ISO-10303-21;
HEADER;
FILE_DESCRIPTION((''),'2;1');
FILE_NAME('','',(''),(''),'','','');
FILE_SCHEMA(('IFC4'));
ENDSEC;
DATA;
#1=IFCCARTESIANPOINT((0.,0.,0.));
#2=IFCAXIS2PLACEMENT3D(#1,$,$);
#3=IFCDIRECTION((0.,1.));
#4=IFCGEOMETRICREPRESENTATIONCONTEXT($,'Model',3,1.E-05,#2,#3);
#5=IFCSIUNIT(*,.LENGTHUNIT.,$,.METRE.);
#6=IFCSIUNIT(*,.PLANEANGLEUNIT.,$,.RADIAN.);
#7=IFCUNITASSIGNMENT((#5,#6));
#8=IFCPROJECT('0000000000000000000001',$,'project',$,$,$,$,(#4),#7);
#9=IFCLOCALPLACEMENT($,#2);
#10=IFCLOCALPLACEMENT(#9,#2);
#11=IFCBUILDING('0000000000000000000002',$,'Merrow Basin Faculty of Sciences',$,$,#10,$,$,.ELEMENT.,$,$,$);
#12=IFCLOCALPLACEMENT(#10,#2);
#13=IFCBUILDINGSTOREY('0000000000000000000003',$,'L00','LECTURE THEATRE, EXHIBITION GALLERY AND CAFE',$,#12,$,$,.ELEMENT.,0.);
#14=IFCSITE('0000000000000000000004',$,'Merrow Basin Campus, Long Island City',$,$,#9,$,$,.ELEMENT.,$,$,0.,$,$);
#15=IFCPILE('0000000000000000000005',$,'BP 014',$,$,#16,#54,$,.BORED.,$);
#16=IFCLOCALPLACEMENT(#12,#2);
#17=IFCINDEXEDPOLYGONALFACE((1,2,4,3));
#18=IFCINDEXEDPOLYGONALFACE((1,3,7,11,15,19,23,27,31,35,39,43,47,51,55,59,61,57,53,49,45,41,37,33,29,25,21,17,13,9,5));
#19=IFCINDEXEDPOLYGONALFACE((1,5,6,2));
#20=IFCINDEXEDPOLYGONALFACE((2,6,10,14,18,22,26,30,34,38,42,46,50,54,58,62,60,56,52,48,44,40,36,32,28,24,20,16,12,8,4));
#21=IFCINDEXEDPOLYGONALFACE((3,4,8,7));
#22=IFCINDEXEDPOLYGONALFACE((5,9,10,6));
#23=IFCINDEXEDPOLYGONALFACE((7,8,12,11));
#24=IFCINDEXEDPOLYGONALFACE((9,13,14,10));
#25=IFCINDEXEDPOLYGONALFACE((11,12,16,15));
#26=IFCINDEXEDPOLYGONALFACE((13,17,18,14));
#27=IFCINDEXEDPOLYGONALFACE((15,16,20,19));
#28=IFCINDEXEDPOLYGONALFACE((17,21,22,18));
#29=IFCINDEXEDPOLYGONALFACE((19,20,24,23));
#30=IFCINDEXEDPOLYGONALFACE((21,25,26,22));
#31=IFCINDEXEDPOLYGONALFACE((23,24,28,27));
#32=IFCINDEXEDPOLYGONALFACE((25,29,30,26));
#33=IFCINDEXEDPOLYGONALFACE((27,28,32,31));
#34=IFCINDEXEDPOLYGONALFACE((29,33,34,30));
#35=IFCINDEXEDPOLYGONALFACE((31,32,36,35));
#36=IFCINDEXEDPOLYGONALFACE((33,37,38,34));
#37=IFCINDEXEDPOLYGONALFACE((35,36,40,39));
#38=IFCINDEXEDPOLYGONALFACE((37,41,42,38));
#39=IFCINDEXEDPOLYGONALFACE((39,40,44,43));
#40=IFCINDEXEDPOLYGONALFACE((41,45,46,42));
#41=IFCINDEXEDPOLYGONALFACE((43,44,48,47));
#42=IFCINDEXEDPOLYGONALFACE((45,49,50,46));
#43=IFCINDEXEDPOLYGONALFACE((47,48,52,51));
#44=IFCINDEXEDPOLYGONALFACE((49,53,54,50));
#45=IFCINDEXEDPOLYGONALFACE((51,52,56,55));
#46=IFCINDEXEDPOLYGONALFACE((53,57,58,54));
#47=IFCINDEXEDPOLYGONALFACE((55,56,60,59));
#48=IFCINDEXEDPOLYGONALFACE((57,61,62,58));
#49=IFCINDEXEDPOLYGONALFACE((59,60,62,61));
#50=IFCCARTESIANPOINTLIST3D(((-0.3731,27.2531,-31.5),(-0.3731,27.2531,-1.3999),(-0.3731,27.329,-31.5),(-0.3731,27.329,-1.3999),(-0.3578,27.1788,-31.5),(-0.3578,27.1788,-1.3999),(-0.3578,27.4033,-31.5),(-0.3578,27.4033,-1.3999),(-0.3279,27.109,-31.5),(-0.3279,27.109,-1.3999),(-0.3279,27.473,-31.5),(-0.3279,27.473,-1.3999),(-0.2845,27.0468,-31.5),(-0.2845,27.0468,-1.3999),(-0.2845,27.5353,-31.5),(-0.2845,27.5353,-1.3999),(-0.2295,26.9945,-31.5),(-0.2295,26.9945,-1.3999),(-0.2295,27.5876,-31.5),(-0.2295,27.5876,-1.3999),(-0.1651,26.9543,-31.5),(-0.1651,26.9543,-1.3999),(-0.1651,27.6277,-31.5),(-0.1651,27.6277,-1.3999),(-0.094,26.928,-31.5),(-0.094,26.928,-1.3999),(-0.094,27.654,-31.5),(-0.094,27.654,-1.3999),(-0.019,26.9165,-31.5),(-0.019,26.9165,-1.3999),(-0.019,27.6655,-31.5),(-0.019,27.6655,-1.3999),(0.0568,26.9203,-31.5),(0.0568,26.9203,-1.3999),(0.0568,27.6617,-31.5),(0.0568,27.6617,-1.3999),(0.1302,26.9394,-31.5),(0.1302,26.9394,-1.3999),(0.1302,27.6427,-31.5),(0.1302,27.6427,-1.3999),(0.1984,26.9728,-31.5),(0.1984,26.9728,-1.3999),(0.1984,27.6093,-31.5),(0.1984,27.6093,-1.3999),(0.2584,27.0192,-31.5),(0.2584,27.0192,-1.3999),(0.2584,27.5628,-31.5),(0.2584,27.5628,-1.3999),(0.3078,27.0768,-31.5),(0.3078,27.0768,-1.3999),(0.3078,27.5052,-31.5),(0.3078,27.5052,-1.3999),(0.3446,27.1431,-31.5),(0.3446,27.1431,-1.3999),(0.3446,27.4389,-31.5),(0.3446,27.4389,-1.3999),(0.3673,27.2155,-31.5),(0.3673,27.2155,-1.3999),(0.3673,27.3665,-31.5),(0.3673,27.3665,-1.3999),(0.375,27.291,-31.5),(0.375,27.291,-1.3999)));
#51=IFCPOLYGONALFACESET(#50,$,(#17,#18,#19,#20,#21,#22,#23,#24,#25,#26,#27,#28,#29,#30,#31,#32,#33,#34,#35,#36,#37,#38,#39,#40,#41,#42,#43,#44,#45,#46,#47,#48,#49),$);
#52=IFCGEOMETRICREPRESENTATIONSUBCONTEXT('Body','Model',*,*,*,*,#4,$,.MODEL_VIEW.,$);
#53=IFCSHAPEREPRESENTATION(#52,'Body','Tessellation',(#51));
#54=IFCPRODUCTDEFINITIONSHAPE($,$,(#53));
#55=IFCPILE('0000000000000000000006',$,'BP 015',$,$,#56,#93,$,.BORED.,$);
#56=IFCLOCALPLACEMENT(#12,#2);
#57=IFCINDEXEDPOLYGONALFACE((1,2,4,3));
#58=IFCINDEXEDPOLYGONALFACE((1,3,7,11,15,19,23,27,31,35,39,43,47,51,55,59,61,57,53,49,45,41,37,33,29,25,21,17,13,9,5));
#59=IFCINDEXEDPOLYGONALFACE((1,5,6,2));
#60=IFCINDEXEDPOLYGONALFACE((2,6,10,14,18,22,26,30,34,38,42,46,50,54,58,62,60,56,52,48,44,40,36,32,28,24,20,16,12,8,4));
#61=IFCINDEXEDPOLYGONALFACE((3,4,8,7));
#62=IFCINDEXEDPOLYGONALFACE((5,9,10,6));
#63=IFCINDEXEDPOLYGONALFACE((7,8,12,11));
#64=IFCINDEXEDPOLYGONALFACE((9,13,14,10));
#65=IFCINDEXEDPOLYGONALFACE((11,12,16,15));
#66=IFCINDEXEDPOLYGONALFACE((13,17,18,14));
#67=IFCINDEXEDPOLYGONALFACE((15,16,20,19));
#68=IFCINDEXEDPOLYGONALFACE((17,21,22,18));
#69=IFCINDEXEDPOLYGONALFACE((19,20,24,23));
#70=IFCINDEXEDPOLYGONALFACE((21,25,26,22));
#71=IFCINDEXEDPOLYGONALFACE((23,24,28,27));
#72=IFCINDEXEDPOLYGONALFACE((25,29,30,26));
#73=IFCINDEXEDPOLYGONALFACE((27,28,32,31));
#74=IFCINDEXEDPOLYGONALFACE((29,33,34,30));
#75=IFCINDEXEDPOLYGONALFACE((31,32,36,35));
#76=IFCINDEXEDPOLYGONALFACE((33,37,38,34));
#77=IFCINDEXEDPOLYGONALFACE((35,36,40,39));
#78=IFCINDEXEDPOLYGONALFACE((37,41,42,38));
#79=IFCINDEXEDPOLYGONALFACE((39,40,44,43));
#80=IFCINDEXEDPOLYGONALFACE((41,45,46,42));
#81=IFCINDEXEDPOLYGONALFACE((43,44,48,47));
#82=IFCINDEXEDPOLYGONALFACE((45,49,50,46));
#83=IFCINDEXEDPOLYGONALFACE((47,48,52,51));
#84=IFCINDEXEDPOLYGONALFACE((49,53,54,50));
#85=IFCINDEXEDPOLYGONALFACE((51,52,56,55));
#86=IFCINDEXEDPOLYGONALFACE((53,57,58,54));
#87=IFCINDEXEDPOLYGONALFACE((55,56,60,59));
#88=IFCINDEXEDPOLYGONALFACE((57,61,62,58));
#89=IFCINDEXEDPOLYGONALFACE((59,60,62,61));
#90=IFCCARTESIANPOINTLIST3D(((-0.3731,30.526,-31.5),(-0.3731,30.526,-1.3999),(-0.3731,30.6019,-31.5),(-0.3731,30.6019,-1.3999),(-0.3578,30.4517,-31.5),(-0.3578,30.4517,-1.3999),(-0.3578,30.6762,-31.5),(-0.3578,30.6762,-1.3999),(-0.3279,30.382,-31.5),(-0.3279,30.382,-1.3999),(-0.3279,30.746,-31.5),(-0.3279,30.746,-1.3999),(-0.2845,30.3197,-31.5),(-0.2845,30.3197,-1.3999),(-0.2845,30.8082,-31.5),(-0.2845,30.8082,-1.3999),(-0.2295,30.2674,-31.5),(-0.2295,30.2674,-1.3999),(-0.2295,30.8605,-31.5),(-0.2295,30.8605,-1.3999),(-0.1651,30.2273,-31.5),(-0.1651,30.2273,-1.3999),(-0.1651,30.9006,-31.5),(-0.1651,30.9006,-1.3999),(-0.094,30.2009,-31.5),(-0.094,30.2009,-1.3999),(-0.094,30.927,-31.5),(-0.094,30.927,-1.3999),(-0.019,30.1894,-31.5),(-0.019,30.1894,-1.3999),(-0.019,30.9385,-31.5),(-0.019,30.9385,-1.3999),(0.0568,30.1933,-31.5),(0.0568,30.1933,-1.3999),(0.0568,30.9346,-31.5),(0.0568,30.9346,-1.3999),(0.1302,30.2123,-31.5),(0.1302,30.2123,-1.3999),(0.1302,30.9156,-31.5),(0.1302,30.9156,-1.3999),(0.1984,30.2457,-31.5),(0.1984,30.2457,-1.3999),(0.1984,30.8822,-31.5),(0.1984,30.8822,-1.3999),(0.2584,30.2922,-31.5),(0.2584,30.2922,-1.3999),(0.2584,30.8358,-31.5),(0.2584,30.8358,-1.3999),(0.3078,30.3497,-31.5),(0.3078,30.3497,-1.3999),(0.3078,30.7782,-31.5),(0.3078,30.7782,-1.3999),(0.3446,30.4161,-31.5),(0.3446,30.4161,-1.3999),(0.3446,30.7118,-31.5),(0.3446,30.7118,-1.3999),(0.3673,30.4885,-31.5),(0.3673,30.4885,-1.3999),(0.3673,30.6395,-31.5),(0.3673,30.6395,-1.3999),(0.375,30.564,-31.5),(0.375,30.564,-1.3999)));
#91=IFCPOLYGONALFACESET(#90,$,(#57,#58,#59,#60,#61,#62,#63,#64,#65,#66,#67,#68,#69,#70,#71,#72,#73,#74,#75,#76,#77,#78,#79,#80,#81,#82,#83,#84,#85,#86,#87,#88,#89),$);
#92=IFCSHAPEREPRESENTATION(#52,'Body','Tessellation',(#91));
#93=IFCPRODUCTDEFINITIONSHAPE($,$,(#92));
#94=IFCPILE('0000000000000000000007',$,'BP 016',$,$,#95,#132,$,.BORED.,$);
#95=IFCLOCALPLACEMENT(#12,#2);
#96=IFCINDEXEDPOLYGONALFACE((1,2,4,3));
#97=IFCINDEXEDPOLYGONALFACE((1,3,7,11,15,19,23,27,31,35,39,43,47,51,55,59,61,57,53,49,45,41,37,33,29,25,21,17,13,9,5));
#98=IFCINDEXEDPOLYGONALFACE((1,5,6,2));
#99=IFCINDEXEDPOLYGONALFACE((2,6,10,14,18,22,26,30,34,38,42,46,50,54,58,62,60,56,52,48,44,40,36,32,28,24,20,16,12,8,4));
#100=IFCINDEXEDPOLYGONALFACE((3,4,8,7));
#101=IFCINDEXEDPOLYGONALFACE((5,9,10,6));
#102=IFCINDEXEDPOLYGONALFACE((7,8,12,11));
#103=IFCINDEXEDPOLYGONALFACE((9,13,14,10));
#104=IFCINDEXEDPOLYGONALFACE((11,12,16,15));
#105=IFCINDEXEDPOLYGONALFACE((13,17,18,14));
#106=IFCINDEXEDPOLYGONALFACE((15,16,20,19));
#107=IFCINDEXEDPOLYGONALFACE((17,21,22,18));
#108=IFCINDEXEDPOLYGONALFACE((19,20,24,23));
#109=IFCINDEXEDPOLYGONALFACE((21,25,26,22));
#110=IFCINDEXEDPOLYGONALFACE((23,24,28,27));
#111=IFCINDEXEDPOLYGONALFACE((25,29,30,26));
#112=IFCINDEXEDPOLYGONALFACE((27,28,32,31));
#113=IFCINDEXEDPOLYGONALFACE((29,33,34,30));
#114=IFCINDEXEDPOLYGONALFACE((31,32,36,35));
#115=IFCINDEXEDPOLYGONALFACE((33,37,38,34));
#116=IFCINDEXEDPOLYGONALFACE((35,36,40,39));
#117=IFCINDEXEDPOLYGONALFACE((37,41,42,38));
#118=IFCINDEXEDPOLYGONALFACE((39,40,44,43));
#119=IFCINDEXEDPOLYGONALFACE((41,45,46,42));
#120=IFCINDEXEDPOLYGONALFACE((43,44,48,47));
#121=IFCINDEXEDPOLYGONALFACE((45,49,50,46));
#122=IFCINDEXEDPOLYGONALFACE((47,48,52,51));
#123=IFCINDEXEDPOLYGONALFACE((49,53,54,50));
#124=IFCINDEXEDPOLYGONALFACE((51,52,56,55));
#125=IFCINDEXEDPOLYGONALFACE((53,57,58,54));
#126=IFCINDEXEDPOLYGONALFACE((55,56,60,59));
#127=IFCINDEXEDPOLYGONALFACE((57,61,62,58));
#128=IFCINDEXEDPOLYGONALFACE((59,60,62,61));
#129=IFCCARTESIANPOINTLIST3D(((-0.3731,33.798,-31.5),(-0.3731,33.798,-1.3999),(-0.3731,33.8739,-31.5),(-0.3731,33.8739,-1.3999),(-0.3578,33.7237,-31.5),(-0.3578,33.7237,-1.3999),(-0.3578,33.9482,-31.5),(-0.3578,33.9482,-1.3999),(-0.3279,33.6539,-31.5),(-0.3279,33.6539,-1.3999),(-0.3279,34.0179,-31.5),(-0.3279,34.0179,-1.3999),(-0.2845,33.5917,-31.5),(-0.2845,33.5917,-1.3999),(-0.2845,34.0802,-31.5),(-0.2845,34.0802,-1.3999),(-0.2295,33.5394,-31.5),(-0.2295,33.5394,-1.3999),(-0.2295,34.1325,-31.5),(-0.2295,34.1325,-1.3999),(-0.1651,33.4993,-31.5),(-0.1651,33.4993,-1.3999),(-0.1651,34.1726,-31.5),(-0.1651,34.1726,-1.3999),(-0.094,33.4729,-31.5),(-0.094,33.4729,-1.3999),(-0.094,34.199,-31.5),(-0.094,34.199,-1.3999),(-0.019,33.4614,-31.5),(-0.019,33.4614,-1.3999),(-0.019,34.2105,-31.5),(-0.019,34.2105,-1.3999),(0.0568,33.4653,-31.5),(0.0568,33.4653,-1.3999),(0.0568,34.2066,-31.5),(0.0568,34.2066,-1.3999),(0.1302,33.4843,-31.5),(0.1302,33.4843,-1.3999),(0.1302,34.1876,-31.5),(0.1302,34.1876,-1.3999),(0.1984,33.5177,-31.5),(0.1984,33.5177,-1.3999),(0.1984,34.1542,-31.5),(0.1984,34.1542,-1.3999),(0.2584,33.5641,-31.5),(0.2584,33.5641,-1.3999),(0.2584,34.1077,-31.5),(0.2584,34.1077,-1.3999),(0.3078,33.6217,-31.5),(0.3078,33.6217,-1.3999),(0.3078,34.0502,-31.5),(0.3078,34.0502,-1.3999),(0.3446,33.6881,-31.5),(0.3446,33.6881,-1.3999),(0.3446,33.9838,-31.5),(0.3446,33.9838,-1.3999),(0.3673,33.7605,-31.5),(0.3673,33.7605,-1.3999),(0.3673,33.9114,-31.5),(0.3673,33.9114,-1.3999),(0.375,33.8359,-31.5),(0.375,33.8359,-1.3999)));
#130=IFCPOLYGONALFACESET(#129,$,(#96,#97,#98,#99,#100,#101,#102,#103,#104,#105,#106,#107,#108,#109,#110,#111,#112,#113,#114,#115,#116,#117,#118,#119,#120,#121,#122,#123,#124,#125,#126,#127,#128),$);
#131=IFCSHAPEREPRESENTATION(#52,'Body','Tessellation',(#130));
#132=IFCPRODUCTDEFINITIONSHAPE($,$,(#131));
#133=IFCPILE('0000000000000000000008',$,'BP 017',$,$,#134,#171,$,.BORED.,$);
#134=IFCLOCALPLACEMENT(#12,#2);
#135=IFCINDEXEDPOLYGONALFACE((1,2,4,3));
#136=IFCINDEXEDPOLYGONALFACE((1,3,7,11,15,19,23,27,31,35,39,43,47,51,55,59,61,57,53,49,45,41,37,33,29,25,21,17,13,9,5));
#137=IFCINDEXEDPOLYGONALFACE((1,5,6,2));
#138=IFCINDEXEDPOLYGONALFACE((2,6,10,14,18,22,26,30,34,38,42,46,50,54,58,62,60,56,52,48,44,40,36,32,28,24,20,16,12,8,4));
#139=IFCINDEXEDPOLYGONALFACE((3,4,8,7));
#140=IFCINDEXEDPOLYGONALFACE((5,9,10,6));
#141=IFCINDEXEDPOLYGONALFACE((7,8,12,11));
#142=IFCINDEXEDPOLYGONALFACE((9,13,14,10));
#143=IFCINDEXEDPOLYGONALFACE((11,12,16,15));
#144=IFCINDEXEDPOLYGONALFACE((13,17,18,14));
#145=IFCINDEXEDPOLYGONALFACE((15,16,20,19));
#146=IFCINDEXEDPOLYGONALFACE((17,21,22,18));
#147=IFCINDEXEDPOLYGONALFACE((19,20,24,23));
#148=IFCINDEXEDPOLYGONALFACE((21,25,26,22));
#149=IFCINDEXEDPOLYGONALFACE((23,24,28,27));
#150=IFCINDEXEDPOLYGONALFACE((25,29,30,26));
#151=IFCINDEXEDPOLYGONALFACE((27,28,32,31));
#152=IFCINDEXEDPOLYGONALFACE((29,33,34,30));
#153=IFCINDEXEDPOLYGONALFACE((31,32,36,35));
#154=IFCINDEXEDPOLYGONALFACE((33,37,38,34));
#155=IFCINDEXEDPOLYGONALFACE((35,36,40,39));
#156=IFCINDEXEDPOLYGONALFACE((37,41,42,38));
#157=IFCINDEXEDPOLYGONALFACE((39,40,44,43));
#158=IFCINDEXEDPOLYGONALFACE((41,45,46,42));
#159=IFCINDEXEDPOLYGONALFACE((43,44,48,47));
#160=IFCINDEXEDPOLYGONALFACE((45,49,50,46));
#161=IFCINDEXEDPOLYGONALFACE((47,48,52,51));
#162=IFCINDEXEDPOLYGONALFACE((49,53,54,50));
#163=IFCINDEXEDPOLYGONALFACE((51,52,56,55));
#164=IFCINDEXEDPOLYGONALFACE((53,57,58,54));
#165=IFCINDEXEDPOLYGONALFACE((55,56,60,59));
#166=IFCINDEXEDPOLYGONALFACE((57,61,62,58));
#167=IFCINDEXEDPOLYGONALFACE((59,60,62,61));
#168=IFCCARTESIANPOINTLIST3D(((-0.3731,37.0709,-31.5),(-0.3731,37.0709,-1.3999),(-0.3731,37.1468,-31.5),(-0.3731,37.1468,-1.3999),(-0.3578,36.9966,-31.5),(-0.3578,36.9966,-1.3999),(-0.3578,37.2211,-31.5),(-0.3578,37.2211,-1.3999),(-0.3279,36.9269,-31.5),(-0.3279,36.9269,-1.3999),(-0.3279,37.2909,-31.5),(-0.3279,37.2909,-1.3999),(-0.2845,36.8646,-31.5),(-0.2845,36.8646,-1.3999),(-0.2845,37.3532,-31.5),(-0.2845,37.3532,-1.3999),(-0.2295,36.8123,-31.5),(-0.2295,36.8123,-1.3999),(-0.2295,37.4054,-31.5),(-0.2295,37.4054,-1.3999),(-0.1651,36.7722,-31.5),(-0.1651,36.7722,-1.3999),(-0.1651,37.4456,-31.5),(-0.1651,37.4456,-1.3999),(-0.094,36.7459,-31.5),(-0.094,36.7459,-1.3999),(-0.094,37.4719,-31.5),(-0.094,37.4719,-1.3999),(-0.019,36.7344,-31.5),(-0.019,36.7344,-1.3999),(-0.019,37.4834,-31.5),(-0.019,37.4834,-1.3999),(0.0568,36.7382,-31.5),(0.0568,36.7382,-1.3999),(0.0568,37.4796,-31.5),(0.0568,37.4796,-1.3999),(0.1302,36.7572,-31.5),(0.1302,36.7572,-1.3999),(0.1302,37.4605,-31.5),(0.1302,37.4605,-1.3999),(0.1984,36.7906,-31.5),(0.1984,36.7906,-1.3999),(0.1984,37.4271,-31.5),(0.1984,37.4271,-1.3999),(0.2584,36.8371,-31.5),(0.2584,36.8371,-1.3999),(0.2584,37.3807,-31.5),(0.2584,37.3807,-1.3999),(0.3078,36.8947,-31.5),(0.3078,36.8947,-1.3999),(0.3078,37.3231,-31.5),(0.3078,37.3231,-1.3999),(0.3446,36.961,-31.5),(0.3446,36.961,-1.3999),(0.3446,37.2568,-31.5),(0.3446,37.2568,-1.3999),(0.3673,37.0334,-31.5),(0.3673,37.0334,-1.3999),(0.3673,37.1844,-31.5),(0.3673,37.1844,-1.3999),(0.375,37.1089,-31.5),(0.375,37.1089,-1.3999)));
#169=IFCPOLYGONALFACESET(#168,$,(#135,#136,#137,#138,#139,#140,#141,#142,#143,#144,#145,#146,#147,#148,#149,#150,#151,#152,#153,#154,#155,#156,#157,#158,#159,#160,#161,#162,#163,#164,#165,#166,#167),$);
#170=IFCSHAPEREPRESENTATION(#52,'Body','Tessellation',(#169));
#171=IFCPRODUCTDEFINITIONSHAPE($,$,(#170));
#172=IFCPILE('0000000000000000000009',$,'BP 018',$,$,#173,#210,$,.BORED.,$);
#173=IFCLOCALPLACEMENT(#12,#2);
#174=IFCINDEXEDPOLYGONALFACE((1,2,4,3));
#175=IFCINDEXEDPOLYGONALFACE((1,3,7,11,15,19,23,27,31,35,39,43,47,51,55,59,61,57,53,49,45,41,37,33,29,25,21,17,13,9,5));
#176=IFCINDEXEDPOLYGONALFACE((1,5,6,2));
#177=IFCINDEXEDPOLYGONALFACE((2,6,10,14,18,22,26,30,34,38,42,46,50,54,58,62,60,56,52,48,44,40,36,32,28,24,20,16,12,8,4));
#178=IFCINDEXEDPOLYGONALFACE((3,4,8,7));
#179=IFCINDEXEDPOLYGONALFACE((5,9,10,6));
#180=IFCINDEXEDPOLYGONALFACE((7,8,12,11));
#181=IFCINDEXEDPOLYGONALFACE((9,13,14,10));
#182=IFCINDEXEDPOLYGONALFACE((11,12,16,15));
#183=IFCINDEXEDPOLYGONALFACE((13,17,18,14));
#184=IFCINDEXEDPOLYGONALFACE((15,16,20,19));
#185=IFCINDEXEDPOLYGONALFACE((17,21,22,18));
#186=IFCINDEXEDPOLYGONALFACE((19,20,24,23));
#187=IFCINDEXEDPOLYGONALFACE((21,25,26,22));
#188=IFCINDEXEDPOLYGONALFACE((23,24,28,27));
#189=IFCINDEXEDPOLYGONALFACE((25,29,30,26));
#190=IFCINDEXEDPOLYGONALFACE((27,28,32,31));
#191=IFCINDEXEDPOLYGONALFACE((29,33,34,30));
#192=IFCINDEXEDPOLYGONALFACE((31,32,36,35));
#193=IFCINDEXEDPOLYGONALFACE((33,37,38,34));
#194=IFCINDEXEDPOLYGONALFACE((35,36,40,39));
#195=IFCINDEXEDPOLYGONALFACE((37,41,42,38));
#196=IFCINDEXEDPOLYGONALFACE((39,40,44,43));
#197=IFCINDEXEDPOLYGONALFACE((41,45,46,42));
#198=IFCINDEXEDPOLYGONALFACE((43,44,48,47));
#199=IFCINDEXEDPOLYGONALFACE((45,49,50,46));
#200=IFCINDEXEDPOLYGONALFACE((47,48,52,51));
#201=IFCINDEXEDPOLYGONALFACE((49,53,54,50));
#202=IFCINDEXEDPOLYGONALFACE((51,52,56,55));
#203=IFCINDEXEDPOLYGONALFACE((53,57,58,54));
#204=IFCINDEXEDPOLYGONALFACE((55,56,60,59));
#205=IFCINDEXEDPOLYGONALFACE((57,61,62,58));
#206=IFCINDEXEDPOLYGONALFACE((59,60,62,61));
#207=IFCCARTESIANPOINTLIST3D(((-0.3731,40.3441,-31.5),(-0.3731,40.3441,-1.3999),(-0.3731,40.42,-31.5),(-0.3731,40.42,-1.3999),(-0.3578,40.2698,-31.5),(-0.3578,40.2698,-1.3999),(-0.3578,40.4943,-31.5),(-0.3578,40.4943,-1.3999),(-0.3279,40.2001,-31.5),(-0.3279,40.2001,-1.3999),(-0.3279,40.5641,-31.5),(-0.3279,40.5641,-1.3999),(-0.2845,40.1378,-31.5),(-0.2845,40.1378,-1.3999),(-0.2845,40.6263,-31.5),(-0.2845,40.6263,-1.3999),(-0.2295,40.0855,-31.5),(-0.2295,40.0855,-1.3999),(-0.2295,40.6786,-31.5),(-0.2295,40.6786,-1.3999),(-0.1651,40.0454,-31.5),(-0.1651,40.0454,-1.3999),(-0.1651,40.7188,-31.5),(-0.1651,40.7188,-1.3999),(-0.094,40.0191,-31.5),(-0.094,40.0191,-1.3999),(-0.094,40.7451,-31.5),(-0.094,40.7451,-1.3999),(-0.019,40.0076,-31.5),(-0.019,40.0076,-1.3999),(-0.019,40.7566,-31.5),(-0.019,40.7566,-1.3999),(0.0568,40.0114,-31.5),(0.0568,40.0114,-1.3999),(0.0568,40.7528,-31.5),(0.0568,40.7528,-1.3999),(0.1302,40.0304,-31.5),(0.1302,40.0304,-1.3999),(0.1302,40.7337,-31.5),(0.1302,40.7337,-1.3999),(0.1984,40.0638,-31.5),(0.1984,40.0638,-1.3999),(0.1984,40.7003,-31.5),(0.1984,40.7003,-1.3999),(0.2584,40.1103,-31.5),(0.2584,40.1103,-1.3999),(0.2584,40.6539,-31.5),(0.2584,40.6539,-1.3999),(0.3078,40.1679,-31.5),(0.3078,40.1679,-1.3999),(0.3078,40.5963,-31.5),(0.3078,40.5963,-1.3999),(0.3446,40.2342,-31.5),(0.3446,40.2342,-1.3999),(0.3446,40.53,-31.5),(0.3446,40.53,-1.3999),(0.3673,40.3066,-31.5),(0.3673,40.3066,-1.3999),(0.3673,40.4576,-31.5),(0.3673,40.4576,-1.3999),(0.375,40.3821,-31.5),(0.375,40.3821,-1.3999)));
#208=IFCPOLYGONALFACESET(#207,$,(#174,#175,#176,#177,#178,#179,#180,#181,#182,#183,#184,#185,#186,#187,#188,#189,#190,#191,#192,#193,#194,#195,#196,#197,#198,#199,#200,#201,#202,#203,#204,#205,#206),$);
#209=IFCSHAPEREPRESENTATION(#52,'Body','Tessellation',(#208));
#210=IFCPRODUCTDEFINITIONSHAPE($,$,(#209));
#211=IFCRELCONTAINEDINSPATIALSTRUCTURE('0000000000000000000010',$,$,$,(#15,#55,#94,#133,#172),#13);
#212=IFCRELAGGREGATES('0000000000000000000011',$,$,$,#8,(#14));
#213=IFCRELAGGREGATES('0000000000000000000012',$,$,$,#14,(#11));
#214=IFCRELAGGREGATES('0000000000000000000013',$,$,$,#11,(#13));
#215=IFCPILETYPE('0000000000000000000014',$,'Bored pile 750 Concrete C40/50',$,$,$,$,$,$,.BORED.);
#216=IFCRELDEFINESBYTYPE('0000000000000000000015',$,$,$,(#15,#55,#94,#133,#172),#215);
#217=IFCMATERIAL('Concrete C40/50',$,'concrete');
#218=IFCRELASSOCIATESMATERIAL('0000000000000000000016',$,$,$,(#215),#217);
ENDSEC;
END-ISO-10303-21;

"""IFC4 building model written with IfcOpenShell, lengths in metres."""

from ifc_helpers import new_model, si_unit, direction, frame, origin, origin_2d, place, context, subcontext, project, spatial, circle, extrude, material, material_profile, profile_set, type_object, element, save


model = new_model("IFC4")

# Units and contexts
model_context = context("Model", 3, precision=1e-05, world=origin(), true_north=direction((0.0, 1.0)))
body_context = subcontext(model_context, "Body", "Model", "MODEL_VIEW")
ifc_project = project(units=[si_unit("LENGTHUNIT", "METRE"), si_unit("PLANEANGLEUNIT", "RADIAN")], contexts=[model_context])

# Site, building, storey
site_placement = place(None, origin())
site = spatial("IfcSite", under=ifc_project, at=site_placement, Name="Merrow Basin Campus, Long Island City", CompositionType="ELEMENT", RefElevation=0.0)
building_placement = place(site_placement, origin())
building = spatial("IfcBuilding", under=site, at=building_placement, Name="Merrow Basin Faculty of Sciences", CompositionType="ELEMENT")
storey_placement = place(building_placement, origin())
storey = spatial("IfcBuildingStorey", under=building, at=storey_placement, Name="L00", Description="LECTURE THEATRE, EXHIBITION GALLERY AND CAFE", CompositionType="ELEMENT", Elevation=0.0)

# Piles
ifc_material_1 = material(Name="Concrete C40/50", Category="concrete")
ifc_material_profile_1 = material_profile(ifc_material_1, circle(Radius=0.375, at=origin_2d()))
ifc_profile_set_1 = profile_set([ifc_material_profile_1], Name="Concrete C40/50")
pile_type = type_object("IfcPileType", Name="Bored pile 750 Concrete C40/50", PredefinedType="BORED", material=ifc_profile_set_1)
for number, where, z_axis, x_axis, name in (
    (1, (0.0, 27.291, -1.3999), (0.0, 0.0, -1.0), (1.0, 0.0, 0.0), "BP 014"),
    (2, (0.0, 30.564, -1.3999), (0.0, 0.0, -1.0), (1.0, 0.0, 0.0), "BP 015"),
    (3, (0.0, 33.8359, -1.3999), (0.0, 0.0, -1.0), (1.0, 0.0, 0.0), "BP 016"),
    (4, (0.0, 37.1089, -1.3999), (0.0, 0.0, -1.0), (1.0, 0.0, 0.0), "BP 017"),
    (5, (0.0, 40.3821, -1.3999), (0.0, 0.0, -1.0), (1.0, 0.0, 0.0), "BP 018"),
):
    element("IfcPile", number, at=place(storey_placement, frame(where, z_axis=z_axis, x_axis=x_axis)), inside=storey, type_object=pile_type, Name=name, PredefinedType="BORED", context=body_context, shape_type="SweptSolid", body=[
        extrude(circle(Radius=0.375, at=origin_2d()), origin(), (0.0, 0.0, 1.0), 30.1001),
    ])

save(model, "model.ifc")
